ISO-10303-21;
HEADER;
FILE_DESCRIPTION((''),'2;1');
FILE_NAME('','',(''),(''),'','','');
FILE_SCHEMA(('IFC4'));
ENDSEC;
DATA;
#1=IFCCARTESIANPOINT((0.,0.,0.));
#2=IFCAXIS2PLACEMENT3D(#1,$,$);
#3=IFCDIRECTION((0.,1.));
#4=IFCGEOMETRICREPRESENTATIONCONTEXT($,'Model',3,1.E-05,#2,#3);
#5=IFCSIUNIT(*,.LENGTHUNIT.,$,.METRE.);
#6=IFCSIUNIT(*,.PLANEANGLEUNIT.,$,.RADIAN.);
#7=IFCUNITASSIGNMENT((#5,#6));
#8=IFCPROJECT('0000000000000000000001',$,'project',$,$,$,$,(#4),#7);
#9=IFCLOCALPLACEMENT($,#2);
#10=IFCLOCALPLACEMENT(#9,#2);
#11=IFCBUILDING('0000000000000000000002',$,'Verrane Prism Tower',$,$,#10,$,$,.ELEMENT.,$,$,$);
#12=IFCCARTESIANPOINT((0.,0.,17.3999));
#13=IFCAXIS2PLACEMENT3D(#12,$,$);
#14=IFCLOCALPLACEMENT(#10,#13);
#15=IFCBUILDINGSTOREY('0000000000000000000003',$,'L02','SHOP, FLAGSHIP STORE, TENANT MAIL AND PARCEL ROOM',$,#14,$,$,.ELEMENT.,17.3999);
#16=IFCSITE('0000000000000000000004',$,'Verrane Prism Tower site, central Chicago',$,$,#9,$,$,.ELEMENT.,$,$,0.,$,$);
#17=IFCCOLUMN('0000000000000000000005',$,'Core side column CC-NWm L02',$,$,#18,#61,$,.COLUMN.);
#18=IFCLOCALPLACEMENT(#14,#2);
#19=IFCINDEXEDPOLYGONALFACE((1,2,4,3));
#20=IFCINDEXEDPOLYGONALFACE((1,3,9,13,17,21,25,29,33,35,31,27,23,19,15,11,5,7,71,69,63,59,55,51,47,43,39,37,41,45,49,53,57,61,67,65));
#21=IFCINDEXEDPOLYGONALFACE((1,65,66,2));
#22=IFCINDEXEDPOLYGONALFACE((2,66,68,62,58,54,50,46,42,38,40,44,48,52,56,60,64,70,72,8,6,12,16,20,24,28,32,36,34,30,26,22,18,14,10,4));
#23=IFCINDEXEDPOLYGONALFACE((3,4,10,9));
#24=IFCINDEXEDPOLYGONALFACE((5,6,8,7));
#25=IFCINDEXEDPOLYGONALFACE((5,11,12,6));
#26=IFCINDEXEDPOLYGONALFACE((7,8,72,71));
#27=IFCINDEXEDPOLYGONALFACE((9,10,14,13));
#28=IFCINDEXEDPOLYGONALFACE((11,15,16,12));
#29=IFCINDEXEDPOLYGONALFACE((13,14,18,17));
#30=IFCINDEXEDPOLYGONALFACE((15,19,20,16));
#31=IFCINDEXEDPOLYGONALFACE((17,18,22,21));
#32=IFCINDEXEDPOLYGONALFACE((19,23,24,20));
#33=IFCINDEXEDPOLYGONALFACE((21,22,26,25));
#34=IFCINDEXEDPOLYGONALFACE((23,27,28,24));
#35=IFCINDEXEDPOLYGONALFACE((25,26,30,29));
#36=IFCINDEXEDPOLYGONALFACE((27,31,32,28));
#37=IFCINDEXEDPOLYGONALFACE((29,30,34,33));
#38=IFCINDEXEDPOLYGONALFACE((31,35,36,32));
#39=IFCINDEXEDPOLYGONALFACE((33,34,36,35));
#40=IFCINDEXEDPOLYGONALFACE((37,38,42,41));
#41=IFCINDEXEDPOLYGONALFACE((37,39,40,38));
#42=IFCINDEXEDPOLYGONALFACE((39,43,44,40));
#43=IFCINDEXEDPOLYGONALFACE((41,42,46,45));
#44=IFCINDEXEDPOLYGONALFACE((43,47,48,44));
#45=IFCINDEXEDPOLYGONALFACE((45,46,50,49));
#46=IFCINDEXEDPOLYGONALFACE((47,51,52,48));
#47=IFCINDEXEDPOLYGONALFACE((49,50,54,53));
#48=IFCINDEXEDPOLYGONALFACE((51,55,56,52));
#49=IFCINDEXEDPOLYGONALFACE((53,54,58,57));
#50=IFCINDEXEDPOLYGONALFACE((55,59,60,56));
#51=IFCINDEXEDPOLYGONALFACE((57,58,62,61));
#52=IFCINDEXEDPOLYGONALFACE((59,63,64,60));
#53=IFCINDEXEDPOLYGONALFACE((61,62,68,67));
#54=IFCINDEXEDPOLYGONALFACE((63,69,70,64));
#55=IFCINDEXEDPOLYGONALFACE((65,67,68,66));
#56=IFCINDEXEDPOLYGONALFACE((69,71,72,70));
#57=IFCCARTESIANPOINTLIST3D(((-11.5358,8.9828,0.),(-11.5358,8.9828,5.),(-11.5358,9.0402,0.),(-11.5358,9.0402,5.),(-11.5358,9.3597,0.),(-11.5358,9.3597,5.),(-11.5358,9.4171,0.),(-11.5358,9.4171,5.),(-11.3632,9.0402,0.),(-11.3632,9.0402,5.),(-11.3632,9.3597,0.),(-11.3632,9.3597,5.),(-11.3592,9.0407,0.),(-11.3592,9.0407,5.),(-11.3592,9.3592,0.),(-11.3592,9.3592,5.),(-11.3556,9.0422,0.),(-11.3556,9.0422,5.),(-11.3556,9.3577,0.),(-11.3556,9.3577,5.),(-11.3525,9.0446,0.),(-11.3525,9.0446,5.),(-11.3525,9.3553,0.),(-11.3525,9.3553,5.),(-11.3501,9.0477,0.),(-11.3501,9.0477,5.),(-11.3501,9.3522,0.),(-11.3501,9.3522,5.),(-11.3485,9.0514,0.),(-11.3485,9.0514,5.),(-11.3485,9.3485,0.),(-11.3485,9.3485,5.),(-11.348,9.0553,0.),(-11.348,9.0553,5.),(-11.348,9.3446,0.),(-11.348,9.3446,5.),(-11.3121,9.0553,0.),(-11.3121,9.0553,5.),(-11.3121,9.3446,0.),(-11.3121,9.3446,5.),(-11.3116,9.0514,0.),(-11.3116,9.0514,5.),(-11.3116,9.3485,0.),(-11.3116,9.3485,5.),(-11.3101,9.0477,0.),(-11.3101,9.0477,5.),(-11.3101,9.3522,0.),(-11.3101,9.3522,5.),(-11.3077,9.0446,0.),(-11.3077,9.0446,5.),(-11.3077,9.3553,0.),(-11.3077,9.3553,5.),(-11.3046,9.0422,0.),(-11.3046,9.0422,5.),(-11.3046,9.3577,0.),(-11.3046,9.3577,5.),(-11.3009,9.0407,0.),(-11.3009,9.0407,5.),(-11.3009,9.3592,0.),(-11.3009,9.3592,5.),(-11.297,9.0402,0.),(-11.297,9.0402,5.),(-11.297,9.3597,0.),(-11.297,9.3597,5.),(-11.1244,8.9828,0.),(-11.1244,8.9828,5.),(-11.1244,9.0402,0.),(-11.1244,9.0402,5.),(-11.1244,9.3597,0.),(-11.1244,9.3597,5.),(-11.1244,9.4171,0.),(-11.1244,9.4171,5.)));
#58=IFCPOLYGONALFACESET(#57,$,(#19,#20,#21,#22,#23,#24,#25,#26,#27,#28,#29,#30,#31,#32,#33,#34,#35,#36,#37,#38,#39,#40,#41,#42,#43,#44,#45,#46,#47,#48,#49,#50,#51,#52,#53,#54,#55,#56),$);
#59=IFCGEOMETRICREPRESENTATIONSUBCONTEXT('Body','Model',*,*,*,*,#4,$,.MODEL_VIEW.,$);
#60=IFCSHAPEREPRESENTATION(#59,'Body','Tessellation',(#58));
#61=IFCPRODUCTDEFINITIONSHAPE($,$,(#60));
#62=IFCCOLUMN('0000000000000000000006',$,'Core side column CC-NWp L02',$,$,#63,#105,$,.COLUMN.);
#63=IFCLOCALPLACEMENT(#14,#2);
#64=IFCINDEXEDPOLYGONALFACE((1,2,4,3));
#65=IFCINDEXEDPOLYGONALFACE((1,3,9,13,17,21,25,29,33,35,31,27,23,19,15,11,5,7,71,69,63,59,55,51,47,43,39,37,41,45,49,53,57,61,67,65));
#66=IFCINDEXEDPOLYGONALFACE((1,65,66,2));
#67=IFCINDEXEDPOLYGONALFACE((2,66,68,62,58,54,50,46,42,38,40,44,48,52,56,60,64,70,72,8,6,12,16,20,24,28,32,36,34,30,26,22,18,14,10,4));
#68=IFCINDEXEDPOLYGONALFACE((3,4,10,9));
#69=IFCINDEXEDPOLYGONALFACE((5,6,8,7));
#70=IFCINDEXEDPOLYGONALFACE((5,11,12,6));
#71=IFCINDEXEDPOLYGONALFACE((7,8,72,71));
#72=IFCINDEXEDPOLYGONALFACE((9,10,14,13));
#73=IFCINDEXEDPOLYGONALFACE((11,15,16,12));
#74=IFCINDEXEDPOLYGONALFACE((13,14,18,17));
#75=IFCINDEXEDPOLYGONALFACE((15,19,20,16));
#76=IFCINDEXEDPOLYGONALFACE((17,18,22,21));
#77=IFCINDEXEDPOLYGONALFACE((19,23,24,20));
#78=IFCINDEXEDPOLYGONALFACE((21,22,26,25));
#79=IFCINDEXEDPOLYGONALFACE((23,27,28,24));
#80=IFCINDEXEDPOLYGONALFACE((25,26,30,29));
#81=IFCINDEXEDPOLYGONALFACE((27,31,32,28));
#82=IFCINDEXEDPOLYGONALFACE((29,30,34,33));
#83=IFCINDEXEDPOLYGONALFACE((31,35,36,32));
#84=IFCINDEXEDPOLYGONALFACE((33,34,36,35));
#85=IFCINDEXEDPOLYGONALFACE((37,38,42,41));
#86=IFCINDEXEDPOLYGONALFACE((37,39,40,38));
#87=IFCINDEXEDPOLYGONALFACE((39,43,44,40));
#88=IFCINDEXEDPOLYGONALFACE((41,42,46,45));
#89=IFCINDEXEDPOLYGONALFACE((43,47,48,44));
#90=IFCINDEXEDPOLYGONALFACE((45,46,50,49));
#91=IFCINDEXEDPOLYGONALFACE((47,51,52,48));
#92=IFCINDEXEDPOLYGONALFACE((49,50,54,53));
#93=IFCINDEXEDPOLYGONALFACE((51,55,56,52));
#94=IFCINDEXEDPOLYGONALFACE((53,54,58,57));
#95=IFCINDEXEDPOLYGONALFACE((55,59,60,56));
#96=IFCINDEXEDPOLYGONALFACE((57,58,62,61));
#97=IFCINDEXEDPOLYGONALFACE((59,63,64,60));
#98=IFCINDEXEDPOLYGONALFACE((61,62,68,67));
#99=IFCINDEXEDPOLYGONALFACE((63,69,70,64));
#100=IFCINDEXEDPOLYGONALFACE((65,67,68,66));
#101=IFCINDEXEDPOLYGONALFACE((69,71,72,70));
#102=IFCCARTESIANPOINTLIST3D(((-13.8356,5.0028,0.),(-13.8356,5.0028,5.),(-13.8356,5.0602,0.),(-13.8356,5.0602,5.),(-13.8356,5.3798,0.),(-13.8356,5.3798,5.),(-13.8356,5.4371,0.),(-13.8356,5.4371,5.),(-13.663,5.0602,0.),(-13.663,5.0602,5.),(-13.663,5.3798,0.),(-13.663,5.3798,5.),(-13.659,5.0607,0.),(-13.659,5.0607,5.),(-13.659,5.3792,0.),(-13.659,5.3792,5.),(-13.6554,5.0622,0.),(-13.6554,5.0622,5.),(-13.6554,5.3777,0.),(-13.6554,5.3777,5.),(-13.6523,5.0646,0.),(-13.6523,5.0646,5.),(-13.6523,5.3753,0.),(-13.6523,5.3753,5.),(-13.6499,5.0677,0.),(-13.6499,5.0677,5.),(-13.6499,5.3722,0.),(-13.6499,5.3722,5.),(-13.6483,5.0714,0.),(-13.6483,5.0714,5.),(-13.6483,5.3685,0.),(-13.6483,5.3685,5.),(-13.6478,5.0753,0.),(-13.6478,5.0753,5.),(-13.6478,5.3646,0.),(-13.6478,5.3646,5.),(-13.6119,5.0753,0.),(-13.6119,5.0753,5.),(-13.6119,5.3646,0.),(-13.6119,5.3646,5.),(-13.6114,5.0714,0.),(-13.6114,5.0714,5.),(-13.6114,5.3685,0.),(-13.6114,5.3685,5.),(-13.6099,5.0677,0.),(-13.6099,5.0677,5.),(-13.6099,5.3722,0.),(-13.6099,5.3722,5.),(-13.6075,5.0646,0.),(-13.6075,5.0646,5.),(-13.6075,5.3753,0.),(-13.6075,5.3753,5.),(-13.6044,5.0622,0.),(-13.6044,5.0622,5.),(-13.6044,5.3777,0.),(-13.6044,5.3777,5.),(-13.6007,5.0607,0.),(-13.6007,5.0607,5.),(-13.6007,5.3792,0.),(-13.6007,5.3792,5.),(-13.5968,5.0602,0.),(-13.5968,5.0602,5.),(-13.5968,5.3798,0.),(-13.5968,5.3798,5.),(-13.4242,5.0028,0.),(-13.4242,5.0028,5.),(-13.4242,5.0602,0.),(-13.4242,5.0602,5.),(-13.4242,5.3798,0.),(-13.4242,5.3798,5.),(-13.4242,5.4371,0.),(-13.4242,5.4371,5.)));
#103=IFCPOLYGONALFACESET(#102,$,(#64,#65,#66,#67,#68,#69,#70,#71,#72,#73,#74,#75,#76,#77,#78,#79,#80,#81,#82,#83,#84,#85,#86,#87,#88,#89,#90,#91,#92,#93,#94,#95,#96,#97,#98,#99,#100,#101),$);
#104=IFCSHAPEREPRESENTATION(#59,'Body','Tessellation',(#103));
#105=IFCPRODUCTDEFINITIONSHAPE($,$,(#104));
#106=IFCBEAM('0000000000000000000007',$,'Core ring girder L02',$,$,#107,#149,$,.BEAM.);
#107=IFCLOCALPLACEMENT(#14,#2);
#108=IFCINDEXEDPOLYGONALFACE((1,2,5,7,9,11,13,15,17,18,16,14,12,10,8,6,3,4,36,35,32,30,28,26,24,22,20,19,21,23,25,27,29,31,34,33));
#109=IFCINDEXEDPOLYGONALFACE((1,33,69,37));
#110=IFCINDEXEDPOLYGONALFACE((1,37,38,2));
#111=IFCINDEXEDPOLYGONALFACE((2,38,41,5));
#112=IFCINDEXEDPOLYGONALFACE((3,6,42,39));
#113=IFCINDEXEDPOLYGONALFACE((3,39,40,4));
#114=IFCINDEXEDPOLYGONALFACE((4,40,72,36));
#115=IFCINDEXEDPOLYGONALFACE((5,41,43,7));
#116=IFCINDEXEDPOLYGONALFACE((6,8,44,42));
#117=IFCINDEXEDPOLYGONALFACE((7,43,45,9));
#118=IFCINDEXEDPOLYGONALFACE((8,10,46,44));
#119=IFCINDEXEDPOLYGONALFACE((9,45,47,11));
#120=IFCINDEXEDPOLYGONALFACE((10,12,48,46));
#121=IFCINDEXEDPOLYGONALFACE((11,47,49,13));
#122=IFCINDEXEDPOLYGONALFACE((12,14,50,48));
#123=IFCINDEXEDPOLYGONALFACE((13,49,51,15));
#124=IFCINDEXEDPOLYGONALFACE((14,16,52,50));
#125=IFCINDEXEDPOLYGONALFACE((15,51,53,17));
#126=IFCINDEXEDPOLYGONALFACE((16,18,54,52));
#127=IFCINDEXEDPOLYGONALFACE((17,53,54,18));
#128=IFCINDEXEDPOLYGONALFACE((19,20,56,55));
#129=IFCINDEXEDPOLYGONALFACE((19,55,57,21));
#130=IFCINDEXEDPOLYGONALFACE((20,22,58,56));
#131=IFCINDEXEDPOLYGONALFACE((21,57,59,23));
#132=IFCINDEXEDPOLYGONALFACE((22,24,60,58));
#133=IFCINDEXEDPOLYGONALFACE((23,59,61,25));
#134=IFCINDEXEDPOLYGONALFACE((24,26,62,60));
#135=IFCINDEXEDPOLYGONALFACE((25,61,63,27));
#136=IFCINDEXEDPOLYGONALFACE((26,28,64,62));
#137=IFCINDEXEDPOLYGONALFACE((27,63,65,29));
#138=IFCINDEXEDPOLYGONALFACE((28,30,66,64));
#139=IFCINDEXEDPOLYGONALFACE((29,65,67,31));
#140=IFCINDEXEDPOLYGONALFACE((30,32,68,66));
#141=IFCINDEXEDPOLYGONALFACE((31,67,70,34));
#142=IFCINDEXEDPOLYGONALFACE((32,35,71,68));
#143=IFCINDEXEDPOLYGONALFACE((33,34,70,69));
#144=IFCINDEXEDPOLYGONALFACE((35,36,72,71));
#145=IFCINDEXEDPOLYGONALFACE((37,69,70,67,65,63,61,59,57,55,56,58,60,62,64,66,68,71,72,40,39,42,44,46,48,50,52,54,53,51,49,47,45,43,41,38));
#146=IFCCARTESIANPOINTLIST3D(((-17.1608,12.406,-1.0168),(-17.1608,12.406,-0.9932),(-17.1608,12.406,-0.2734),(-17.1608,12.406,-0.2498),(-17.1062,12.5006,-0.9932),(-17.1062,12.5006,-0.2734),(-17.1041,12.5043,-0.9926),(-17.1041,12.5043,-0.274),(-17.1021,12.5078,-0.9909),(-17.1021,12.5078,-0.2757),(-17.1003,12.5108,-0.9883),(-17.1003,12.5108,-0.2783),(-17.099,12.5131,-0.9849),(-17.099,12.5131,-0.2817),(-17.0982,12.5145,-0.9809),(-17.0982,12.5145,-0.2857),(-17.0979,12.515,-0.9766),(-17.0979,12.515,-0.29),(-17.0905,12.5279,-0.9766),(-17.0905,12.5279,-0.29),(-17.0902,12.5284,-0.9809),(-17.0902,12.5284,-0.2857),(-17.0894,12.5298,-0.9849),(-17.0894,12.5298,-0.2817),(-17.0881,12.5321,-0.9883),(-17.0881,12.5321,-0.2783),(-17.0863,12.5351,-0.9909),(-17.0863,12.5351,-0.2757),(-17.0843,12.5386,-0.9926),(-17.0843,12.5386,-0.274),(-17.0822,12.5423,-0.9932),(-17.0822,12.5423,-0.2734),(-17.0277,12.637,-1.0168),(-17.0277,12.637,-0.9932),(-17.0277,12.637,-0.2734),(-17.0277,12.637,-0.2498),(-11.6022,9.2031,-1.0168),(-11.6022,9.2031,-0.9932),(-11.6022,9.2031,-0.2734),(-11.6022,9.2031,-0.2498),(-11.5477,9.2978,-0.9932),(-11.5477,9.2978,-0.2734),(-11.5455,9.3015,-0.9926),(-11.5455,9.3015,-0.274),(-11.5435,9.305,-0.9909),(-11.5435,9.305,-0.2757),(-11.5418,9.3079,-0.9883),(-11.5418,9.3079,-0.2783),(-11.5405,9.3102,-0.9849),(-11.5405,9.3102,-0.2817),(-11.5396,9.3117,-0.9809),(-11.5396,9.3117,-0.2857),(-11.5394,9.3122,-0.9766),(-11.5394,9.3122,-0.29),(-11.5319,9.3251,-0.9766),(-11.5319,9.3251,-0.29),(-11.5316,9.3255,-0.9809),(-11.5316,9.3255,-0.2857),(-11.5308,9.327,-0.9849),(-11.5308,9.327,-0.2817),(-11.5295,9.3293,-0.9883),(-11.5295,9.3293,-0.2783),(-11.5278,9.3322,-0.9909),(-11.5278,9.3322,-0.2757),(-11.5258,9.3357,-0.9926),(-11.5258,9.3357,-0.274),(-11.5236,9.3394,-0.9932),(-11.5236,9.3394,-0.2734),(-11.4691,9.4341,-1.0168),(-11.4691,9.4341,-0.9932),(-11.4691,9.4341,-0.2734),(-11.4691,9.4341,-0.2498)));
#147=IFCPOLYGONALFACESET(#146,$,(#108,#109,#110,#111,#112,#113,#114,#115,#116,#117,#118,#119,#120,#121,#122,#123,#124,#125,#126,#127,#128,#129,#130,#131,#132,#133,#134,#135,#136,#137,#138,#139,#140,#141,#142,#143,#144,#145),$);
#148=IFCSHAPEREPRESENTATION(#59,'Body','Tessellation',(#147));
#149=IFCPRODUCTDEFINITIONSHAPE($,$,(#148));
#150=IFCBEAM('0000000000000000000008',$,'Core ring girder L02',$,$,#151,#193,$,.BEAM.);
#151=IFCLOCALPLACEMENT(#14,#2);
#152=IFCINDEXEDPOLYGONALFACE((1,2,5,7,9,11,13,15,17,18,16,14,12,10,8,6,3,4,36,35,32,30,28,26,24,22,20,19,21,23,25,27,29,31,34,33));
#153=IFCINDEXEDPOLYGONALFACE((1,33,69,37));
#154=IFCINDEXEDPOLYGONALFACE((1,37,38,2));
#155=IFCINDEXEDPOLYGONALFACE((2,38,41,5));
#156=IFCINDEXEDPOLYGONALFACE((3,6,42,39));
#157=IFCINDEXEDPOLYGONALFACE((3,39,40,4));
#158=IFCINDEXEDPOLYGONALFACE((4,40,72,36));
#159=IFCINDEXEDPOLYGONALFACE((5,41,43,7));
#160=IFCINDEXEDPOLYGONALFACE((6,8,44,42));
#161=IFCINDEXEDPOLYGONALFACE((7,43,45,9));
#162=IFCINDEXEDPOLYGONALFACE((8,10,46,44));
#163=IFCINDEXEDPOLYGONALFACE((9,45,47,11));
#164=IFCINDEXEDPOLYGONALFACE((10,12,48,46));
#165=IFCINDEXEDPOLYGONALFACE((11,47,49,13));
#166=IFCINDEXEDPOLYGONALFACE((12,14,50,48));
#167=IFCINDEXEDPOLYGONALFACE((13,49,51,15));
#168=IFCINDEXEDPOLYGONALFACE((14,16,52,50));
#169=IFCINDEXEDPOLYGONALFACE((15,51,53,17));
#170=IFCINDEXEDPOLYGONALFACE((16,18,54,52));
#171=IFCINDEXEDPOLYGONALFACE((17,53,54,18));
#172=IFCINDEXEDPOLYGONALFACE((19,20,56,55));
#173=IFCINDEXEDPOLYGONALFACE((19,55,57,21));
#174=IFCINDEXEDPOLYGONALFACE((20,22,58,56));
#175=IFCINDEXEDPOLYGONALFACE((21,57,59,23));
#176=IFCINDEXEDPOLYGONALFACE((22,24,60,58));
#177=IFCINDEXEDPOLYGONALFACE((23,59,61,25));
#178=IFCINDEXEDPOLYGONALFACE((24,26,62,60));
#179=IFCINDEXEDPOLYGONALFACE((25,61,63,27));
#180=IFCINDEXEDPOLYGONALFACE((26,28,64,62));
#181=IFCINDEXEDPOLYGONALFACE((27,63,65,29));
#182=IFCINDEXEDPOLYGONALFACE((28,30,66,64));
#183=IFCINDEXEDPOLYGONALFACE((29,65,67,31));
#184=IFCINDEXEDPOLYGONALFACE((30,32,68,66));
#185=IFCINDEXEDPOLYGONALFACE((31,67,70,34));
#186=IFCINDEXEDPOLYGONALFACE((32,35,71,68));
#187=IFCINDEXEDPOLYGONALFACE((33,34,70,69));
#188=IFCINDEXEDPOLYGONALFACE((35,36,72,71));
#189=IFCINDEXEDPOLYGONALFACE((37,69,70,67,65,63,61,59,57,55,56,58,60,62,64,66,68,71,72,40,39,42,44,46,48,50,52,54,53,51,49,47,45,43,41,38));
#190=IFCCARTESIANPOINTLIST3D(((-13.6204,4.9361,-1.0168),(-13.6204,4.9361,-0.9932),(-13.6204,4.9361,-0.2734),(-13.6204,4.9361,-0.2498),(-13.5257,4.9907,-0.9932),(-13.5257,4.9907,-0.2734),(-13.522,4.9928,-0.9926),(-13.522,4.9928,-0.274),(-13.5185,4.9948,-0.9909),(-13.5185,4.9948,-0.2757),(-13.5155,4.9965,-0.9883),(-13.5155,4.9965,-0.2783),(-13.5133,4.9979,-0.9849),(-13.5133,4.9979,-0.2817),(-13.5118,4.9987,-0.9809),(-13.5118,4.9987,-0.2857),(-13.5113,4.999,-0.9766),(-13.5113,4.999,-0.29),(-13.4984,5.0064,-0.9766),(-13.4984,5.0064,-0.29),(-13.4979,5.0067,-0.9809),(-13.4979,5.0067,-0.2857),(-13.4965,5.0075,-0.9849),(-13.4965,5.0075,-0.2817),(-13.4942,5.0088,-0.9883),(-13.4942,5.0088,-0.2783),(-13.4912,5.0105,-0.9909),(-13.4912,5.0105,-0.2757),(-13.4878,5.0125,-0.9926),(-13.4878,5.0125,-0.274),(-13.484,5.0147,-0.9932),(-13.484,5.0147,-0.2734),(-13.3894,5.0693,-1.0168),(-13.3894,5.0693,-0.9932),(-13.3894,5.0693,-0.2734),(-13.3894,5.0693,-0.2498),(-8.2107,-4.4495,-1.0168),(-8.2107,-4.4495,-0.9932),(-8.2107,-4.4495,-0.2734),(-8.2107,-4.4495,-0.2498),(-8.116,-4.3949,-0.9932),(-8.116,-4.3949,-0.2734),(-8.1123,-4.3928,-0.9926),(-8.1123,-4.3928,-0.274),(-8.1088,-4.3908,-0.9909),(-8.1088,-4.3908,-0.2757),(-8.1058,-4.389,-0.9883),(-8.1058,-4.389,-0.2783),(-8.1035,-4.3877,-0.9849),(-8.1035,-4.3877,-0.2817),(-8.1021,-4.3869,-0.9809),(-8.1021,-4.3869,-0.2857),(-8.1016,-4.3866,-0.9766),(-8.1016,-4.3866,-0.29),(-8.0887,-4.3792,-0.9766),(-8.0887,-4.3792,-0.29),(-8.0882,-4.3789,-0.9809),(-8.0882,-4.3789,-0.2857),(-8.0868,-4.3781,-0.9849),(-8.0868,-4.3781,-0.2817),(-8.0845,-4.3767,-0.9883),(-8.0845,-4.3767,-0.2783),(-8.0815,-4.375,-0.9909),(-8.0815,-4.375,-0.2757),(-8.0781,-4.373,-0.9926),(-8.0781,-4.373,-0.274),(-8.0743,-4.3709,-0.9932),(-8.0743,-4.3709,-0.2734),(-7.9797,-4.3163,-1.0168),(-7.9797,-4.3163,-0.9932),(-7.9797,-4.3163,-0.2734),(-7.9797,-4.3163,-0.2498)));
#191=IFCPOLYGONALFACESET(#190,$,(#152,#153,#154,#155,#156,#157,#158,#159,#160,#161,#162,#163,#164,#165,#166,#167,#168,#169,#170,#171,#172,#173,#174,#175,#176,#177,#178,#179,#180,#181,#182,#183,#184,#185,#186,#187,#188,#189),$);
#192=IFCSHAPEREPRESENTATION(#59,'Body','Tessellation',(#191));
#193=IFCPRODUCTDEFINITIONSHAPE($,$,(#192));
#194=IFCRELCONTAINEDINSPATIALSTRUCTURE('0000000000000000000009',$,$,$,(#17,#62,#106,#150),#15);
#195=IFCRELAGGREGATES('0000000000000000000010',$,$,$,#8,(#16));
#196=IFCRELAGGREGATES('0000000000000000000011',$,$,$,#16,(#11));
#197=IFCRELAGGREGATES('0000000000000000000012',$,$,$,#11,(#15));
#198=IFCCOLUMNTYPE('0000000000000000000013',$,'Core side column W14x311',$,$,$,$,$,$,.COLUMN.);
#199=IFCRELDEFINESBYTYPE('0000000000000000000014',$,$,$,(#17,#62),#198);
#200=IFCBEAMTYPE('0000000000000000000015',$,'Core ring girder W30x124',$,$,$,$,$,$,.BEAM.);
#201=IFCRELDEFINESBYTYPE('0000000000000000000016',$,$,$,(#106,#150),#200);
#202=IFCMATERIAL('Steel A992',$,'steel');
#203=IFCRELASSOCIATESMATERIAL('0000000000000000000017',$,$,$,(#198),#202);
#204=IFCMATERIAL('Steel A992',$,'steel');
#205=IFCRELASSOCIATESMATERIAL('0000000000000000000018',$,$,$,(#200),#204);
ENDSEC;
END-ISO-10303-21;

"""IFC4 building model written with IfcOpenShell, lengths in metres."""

from ifc_helpers import new_model, si_unit, direction, frame, origin, origin_2d, place, context, subcontext, project, spatial, i_section, extrude, material, material_profile, profile_set, type_object, element, save


model = new_model("IFC4")

# Units and contexts
model_context = context("Model", 3, precision=1e-05, world=origin(), true_north=direction((0.0, 1.0)))
body_context = subcontext(model_context, "Body", "Model", "MODEL_VIEW")
ifc_project = project(units=[si_unit("LENGTHUNIT", "METRE"), si_unit("PLANEANGLEUNIT", "RADIAN")], contexts=[model_context])

# Site, building, storey
site_placement = place(None, origin())
site = spatial("IfcSite", under=ifc_project, at=site_placement, Name="Verrane Prism Tower site, central Chicago", CompositionType="ELEMENT", RefElevation=0.0)
building_placement = place(site_placement, origin())
building = spatial("IfcBuilding", under=site, at=building_placement, Name="Verrane Prism Tower", CompositionType="ELEMENT")
storey_placement = place(building_placement, frame((0.0, 0.0, 17.3999)))
storey = spatial("IfcBuildingStorey", under=building, at=storey_placement, Name="L02", Description="SHOP, FLAGSHIP STORE, TENANT MAIL AND PARCEL ROOM", CompositionType="ELEMENT", Elevation=17.3999)

# Columns
ifc_material_1 = material(Name="Steel A992", Category="steel")
ifc_material_profile_1 = material_profile(ifc_material_1, i_section(OverallWidth=0.4114, OverallDepth=0.4343, WebThickness=0.0359, FlangeThickness=0.0574, FilletRadius=0.0151, at=origin_2d()), Name="W14x311")
ifc_profile_set_1 = profile_set([ifc_material_profile_1], Name="Steel A992")
column_type = type_object("IfcColumnType", Name="Core side column W14x311", PredefinedType="COLUMN", material=ifc_profile_set_1)
for number, where, z_axis, x_axis, name in (
    (1, (-11.3301, 9.2, 0.0), (0.0, 0.0, 1.0), (1.0, 0.0, 0.0), "Core side column CC-NWm L02"),
    (2, (-13.6299, 5.22, 0.0), (0.0, 0.0, 1.0), (1.0, 0.0, 0.0), "Core side column CC-NWp L02"),
):
    element("IfcColumn", number, at=place(storey_placement, frame(where, z_axis=z_axis, x_axis=x_axis)), inside=storey, type_object=column_type, Name=name, PredefinedType="COLUMN", context=body_context, shape_type="SweptSolid", body=[
        extrude(i_section(OverallWidth=0.4114, OverallDepth=0.4343, WebThickness=0.0359, FlangeThickness=0.0574, FilletRadius=0.0151, at=origin_2d()), origin(), (0.0, 0.0, 1.0), 5.0),
    ])

# Beams
ifc_material_2 = material(Name="Steel A992", Category="steel")
ifc_material_profile_2 = material_profile(ifc_material_2, i_section(OverallWidth=0.2666, OverallDepth=0.7671, WebThickness=0.0149, FlangeThickness=0.0237, FilletRadius=0.0166, at=origin_2d()), Name="W30x124")
ifc_profile_set_2 = profile_set([ifc_material_profile_2], Name="Steel A992")
beam_type_1 = type_object("IfcBeamType", Name="Core ring girder W30x124", PredefinedType="BEAM", material=ifc_profile_set_2)
beam_1_placement = place(storey_placement, frame((-11.5356, 9.3186, -0.6333), z_axis=(-0.866455, 0.499255, 0.0), x_axis=(-0.499255, -0.866455, 0.0)))
element("IfcBeam", 3, at=beam_1_placement, inside=storey, type_object=beam_type_1, Name="Core ring girder L02", PredefinedType="BEAM", context=body_context, shape_type="SweptSolid", body=[
    extrude(i_section(OverallWidth=0.2666, OverallDepth=0.7671, WebThickness=0.0149, FlangeThickness=0.0237, FilletRadius=0.0166, at=origin_2d()), origin(), (0.0, 0.0, 1.0), 6.4153),
])
beam_2_placement = place(storey_placement, frame((-13.5049, 5.0027, -0.6333), z_axis=(0.499373, -0.866387, 0.0), x_axis=(0.866387, 0.499373, 0.0)))
element("IfcBeam", 4, at=beam_2_placement, inside=storey, type_object=beam_type_1, Name="Core ring girder L02", PredefinedType="BEAM", context=body_context, shape_type="SweptSolid", body=[
    extrude(i_section(OverallWidth=0.2666, OverallDepth=0.7671, WebThickness=0.0149, FlangeThickness=0.0237, FilletRadius=0.0166, at=origin_2d()), origin(), (0.0, 0.0, 1.0), 10.833),
])

save(model, "model.ifc")
